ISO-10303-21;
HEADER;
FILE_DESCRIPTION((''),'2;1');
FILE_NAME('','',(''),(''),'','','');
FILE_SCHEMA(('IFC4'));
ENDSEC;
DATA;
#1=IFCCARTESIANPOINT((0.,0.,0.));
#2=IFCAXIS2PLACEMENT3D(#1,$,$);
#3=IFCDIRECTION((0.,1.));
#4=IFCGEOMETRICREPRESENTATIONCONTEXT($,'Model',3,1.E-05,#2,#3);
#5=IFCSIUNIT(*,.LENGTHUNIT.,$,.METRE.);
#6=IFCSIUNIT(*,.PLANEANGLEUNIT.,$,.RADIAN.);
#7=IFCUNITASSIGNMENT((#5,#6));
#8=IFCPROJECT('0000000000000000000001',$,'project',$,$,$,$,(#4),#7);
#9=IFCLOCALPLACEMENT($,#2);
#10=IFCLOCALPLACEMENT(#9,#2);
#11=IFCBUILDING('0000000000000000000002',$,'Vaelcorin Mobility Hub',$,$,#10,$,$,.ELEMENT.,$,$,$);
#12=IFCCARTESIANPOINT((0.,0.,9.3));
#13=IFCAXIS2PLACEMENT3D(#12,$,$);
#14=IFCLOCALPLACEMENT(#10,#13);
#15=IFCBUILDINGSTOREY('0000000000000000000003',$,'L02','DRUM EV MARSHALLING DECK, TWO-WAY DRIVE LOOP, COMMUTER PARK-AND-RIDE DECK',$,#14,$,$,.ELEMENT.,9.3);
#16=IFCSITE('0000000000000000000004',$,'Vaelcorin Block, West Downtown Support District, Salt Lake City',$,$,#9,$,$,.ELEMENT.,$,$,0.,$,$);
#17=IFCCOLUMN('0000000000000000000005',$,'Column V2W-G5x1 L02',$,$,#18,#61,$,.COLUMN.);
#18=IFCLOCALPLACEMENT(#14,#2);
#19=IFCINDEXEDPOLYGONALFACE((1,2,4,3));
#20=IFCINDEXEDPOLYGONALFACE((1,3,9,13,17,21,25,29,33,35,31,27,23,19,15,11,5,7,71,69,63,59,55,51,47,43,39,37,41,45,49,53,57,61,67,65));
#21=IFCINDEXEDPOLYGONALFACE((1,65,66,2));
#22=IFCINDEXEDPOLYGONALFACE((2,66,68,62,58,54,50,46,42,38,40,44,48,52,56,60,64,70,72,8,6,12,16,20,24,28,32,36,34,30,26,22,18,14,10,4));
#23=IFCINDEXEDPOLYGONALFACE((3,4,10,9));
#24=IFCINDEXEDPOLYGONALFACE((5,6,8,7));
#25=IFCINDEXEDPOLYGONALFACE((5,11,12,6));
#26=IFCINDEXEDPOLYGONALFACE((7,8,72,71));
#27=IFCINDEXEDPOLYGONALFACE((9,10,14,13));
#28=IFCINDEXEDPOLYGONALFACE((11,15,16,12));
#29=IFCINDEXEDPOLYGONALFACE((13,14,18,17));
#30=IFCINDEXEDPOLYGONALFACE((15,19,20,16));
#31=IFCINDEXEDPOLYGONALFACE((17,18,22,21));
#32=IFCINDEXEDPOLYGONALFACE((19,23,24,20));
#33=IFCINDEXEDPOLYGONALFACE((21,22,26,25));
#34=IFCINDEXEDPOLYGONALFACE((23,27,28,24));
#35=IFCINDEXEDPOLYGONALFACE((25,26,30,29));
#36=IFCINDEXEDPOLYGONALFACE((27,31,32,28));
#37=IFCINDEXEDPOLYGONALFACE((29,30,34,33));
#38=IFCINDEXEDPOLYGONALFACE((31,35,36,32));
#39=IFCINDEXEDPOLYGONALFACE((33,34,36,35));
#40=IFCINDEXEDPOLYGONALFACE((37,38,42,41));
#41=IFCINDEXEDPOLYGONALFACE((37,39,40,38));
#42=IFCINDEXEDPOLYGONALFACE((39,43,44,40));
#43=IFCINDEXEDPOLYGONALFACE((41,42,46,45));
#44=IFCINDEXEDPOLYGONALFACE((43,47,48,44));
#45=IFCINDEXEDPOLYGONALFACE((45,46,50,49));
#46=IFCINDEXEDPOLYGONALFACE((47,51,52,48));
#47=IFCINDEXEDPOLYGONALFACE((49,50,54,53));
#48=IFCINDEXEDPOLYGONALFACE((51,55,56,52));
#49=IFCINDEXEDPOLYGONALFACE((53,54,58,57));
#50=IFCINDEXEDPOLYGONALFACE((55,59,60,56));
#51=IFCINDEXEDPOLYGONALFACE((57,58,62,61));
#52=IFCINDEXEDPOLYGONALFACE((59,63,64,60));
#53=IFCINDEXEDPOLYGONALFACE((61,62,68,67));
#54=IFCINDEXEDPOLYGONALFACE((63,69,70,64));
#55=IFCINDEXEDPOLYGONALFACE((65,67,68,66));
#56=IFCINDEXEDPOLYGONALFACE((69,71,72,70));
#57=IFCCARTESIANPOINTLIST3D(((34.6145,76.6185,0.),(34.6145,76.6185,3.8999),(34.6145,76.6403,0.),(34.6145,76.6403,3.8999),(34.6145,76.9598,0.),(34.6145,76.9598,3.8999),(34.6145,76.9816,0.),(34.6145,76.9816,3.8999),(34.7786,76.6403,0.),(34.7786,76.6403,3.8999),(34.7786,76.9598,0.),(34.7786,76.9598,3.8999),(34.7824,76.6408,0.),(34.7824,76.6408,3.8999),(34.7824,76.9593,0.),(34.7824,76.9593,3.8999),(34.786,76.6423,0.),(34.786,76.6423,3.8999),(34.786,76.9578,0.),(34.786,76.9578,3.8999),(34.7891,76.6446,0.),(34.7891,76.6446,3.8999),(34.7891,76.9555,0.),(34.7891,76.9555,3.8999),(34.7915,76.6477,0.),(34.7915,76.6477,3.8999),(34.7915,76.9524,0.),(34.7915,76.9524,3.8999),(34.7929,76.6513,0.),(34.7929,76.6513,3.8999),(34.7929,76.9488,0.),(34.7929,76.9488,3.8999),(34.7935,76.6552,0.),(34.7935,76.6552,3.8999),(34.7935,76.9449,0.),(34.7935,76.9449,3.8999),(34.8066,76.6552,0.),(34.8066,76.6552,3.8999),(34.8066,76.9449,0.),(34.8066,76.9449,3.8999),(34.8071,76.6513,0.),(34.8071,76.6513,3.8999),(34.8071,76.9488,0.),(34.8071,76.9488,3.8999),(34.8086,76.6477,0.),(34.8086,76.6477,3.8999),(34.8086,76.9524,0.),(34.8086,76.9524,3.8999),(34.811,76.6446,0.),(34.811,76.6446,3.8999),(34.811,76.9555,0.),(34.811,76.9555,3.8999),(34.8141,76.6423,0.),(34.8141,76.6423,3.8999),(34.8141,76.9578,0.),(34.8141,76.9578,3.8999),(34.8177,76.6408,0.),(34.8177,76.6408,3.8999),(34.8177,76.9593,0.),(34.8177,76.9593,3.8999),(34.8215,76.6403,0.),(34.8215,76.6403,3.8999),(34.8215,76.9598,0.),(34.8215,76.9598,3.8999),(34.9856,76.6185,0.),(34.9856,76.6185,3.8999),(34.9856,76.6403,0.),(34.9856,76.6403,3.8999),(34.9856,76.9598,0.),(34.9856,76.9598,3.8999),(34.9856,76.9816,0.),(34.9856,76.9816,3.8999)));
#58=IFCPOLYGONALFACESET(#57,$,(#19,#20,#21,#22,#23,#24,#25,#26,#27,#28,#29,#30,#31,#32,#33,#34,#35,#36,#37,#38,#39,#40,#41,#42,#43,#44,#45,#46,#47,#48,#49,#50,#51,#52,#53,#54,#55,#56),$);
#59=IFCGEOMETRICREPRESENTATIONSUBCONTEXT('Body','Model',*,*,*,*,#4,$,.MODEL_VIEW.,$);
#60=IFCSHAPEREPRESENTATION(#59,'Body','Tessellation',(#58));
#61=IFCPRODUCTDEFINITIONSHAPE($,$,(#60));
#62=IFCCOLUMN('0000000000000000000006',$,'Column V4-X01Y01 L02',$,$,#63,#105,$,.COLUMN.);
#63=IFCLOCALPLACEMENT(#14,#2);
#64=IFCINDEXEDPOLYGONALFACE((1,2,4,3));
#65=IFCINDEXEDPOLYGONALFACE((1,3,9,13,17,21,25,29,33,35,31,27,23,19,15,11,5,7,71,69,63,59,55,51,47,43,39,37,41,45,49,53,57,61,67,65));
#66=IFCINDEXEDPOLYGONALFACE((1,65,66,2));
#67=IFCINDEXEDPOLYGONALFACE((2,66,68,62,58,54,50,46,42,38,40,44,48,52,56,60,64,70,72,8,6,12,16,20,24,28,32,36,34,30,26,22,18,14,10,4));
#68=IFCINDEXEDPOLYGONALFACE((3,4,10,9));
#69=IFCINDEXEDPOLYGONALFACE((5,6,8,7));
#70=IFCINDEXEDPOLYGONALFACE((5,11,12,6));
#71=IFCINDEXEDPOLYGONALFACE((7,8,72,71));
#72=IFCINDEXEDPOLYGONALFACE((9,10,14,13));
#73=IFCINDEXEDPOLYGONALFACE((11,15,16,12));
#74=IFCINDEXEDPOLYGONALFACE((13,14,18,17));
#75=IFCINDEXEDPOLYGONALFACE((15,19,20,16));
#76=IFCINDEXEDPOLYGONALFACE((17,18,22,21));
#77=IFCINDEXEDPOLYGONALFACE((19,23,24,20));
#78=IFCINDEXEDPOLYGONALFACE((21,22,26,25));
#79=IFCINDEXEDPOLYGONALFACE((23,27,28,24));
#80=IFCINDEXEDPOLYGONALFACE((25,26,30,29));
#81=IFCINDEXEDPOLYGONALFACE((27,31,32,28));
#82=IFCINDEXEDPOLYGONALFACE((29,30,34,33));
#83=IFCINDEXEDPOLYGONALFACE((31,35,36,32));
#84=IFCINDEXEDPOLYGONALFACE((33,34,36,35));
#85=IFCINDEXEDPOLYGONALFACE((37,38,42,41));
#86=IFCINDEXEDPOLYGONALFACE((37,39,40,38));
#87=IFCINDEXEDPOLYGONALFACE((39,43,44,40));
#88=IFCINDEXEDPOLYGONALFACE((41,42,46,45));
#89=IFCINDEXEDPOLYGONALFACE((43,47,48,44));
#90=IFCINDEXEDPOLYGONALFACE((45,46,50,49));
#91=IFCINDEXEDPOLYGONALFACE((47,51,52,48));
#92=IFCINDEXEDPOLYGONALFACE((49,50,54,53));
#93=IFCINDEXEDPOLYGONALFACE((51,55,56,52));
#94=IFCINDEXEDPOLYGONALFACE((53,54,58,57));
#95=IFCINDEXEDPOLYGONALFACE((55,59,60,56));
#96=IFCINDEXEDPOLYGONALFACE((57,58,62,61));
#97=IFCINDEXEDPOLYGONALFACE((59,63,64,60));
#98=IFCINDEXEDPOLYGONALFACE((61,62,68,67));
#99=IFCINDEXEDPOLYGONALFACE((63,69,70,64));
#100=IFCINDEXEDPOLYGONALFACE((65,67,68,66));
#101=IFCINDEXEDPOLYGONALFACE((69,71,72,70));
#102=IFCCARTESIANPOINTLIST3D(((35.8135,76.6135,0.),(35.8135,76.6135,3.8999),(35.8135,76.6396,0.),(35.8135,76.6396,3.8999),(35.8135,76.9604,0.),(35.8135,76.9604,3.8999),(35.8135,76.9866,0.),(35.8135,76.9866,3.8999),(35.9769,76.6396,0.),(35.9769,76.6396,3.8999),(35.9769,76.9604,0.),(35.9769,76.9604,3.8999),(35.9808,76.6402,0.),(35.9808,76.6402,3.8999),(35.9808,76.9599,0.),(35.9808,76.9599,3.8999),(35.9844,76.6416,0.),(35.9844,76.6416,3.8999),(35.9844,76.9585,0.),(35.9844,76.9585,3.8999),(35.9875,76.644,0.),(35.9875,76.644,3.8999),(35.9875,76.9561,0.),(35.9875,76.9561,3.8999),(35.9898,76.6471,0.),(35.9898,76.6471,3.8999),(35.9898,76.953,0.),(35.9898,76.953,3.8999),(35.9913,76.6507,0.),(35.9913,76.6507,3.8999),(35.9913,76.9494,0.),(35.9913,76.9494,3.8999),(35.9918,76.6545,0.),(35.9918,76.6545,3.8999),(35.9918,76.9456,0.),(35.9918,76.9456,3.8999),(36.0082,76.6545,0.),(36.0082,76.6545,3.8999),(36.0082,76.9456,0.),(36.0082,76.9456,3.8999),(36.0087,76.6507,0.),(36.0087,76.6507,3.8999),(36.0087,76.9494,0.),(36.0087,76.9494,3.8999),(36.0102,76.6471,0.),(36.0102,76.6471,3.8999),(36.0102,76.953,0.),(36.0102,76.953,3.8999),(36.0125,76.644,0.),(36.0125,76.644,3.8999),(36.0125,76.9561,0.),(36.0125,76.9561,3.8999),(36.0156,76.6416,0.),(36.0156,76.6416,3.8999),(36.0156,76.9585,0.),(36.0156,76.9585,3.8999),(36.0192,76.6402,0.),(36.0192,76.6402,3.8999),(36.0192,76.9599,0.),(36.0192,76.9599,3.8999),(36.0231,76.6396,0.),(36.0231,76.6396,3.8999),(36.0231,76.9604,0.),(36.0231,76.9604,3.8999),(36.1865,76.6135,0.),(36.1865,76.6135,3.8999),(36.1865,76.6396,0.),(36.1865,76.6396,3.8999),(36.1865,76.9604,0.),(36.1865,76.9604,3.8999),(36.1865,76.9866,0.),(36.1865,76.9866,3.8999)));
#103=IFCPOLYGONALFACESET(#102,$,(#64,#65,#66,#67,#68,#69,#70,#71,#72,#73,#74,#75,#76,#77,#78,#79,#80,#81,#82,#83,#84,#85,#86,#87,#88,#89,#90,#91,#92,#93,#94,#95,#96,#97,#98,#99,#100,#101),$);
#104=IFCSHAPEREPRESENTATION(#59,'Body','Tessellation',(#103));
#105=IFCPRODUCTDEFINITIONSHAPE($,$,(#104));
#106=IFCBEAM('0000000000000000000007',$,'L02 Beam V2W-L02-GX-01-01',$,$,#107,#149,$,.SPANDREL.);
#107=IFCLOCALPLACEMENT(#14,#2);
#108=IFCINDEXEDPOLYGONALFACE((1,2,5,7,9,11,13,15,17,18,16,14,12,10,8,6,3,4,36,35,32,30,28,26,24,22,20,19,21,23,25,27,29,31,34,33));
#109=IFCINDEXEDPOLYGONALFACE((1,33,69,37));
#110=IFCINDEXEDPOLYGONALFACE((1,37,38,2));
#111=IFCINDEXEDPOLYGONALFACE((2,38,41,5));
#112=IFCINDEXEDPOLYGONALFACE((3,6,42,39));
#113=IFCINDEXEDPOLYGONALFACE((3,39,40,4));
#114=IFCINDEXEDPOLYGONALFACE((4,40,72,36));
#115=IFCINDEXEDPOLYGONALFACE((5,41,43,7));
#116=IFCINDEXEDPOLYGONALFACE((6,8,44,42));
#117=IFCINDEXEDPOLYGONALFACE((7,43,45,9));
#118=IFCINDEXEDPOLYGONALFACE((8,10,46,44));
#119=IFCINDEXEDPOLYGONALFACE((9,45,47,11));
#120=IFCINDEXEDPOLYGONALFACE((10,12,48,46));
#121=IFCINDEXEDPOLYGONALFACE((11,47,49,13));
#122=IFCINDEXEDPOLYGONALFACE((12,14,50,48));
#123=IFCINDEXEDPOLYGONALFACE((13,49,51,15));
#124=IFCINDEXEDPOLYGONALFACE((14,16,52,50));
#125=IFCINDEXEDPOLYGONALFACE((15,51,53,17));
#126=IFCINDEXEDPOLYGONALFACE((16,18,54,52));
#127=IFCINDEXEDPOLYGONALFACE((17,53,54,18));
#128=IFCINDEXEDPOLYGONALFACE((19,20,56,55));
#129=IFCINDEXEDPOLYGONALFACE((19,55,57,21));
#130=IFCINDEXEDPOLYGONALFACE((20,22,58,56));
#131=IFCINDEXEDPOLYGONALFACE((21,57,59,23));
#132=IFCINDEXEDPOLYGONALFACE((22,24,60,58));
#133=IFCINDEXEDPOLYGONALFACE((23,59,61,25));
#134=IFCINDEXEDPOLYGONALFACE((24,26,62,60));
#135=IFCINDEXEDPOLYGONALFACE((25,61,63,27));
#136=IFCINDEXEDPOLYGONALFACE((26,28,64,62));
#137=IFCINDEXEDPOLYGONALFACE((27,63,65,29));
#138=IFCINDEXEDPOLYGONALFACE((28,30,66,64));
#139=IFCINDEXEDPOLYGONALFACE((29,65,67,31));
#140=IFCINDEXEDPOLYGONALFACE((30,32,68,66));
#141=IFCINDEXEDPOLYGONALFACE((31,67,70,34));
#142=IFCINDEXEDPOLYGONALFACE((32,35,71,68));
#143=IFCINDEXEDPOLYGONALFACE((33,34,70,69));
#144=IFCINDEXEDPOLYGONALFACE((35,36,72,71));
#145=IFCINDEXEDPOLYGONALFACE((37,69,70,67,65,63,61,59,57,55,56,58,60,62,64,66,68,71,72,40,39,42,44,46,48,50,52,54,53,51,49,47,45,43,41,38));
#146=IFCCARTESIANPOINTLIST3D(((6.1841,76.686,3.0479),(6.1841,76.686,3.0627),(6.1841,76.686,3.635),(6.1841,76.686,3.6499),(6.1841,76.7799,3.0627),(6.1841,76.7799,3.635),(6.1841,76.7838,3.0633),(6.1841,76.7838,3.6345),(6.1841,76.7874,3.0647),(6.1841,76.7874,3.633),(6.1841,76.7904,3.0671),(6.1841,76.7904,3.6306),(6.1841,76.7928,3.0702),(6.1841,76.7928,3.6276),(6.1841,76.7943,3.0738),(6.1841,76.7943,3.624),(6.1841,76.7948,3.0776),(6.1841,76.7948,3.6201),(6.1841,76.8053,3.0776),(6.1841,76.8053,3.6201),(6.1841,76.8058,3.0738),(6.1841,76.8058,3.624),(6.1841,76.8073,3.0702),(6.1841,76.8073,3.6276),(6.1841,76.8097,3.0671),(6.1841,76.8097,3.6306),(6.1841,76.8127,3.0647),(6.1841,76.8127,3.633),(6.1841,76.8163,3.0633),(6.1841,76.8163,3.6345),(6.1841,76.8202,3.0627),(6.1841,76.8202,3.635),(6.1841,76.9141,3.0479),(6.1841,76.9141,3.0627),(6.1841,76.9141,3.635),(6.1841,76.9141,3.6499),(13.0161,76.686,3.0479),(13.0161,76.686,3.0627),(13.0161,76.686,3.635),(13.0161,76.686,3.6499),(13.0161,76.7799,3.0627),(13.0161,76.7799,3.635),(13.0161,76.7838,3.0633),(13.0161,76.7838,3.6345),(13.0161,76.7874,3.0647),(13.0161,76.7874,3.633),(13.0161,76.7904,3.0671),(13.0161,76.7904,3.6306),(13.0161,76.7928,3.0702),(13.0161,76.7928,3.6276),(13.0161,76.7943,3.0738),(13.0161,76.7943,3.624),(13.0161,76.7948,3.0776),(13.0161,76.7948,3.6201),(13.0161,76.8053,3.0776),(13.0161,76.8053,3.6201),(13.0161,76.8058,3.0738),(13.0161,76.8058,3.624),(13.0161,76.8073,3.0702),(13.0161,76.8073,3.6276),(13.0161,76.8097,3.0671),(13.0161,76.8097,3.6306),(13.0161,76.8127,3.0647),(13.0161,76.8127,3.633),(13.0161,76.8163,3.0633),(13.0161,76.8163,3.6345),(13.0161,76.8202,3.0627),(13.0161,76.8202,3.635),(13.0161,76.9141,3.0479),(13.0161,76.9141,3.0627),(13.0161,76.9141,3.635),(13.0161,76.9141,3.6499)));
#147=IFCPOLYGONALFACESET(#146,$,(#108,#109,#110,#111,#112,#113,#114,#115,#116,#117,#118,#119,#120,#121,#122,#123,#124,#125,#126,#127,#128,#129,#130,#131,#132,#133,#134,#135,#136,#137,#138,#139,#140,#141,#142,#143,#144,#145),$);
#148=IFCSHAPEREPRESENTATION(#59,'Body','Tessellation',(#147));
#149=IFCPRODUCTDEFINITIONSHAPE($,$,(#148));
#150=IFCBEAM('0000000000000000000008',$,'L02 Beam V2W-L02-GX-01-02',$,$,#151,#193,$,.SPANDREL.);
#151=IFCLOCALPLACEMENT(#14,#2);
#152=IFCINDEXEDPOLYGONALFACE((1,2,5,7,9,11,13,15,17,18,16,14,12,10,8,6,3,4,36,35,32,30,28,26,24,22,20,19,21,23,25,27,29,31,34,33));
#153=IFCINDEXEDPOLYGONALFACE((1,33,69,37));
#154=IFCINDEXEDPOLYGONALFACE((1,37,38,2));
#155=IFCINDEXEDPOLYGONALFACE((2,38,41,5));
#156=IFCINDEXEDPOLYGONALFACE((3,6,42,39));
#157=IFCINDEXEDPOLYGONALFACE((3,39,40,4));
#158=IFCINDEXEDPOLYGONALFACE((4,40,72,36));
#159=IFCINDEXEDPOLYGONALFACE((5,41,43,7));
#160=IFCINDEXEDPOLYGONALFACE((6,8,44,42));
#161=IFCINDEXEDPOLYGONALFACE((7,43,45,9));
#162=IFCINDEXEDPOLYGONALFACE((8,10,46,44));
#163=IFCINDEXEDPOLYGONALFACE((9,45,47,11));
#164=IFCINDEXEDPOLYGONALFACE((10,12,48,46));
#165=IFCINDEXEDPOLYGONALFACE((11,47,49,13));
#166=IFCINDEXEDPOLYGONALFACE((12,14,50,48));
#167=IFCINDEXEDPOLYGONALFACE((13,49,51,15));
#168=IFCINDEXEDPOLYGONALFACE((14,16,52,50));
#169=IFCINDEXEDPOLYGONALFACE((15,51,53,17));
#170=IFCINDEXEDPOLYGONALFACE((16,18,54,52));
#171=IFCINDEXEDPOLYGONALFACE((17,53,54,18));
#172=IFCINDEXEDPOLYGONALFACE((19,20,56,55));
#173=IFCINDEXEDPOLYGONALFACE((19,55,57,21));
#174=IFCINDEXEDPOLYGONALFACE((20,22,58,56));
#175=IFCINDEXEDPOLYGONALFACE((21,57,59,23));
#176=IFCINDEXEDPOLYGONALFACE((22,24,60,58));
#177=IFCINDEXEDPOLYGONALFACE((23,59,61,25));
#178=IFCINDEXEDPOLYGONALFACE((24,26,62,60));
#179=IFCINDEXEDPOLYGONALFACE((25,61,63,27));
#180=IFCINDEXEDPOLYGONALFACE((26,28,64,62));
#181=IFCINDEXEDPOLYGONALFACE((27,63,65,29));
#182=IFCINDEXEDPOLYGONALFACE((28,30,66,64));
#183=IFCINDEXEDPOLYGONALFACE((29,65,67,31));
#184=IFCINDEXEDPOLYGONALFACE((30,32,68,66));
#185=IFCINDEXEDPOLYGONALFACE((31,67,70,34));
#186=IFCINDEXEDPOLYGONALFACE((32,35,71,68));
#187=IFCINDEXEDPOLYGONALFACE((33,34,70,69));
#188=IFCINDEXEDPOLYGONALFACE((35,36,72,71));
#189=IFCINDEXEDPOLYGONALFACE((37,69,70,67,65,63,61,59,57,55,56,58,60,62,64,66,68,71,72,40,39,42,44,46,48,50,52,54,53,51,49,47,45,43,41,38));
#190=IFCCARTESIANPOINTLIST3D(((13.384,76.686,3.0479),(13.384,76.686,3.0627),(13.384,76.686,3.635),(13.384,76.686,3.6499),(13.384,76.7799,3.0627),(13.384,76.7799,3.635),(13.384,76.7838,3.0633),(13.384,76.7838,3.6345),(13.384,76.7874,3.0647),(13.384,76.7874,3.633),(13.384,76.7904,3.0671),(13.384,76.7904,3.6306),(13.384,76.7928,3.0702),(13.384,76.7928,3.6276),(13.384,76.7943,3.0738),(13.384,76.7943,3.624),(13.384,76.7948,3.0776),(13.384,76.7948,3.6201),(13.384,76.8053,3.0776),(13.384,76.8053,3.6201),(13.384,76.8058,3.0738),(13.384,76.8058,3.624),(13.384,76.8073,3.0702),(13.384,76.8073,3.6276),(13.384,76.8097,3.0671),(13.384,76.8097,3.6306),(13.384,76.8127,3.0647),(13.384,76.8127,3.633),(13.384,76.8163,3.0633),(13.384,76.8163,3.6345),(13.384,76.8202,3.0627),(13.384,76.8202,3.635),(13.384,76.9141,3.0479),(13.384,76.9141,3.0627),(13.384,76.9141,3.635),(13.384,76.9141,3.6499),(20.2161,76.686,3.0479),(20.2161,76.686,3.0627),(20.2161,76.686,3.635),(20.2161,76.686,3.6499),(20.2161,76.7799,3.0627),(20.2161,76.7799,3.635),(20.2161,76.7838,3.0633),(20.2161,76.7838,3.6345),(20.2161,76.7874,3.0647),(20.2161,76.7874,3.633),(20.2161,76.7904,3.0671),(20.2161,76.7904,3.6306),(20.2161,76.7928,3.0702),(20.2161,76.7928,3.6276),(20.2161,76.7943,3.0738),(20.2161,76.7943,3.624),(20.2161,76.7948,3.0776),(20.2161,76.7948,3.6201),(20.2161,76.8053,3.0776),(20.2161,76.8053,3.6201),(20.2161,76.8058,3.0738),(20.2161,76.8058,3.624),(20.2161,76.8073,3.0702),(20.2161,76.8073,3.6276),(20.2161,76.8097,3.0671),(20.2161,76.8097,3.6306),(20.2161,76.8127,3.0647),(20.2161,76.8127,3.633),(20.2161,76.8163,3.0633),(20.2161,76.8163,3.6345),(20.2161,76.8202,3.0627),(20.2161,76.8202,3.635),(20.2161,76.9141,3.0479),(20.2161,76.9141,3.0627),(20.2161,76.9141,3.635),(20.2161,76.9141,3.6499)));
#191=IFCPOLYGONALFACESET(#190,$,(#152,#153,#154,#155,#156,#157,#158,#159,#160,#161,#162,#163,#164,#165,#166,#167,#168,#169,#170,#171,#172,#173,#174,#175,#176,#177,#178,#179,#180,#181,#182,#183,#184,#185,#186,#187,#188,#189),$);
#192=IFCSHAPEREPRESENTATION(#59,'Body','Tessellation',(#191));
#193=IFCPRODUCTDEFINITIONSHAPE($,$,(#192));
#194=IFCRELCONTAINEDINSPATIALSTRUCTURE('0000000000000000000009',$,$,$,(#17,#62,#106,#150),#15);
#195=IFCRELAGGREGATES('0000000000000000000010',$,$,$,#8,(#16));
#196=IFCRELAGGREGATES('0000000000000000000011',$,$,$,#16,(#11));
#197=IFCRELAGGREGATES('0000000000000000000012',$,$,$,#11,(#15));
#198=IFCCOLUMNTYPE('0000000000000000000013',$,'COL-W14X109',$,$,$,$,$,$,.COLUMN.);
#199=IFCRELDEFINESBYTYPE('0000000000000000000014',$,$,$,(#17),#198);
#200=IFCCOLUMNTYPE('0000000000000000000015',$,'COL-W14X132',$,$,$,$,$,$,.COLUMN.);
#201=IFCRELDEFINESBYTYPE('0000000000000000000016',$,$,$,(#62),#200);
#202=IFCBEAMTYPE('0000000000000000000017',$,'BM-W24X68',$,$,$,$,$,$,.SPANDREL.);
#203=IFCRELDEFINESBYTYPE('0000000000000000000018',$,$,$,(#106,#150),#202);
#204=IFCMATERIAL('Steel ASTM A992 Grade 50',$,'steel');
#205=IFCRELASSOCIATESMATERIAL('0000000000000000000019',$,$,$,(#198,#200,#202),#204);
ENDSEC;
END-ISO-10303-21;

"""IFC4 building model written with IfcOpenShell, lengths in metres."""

from ifc_helpers import new_model, si_unit, direction, frame, origin, origin_2d, place, context, subcontext, project, spatial, i_section, extrude, material, material_profile, profile_set, type_object, element, save


model = new_model("IFC4")

# Units and contexts
model_context = context("Model", 3, precision=1e-05, world=origin(), true_north=direction((0.0, 1.0)))
body_context = subcontext(model_context, "Body", "Model", "MODEL_VIEW")
ifc_project = project(units=[si_unit("LENGTHUNIT", "METRE"), si_unit("PLANEANGLEUNIT", "RADIAN")], contexts=[model_context])

# Site, building, storey
site_placement = place(None, origin())
site = spatial("IfcSite", under=ifc_project, at=site_placement, Name="Vaelcorin Block, West Downtown Support District, Salt Lake City", CompositionType="ELEMENT", RefElevation=0.0)
building_placement = place(site_placement, origin())
building = spatial("IfcBuilding", under=site, at=building_placement, Name="Vaelcorin Mobility Hub", CompositionType="ELEMENT")
storey_placement = place(building_placement, frame((0.0, 0.0, 9.3)))
storey = spatial("IfcBuildingStorey", under=building, at=storey_placement, Name="L02", Description="DRUM EV MARSHALLING DECK, TWO-WAY DRIVE LOOP, COMMUTER PARK-AND-RIDE DECK", CompositionType="ELEMENT", Elevation=9.3)

# Columns
ifc_material_1 = material(Name="Steel ASTM A992 Grade 50", Category="steel")
ifc_material_profile_1 = material_profile(ifc_material_1, i_section(OverallWidth=0.3711, OverallDepth=0.363, WebThickness=0.0132, FlangeThickness=0.0217, FilletRadius=0.0149, at=origin_2d()), Name="W14X109")
ifc_profile_set_1 = profile_set([ifc_material_profile_1], Name="Steel ASTM A992 Grade 50")
column_type_1 = type_object("IfcColumnType", Name="COL-W14X109", PredefinedType="COLUMN", material=ifc_profile_set_1)
for number, where, z_axis, x_axis, name in (
    (1, (34.8, 76.8, 0.0), (0.0, 0.0, 1.0), (1.0, 0.0, 0.0), "Column V2W-G5x1 L02"),
):
    element("IfcColumn", number, at=place(storey_placement, frame(where, z_axis=z_axis, x_axis=x_axis)), inside=storey, type_object=column_type_1, Name=name, PredefinedType="COLUMN", context=body_context, shape_type="SweptSolid", body=[
        extrude(i_section(OverallWidth=0.3711, OverallDepth=0.363, WebThickness=0.0132, FlangeThickness=0.0217, FilletRadius=0.0149, at=origin_2d()), origin(), (0.0, 0.0, 1.0), 3.8999),
    ])
ifc_material_profile_2 = material_profile(ifc_material_1, i_section(OverallWidth=0.373, OverallDepth=0.373, WebThickness=0.0164, FlangeThickness=0.0261, FilletRadius=0.0149, at=origin_2d()), Name="W14X132")
ifc_profile_set_2 = profile_set([ifc_material_profile_2], Name="Steel ASTM A992 Grade 50")
column_type_2 = type_object("IfcColumnType", Name="COL-W14X132", PredefinedType="COLUMN", material=ifc_profile_set_2)
column_placement = place(storey_placement, frame((36.0, 76.8, 0.0), z_axis=(0.0, 0.0, 1.0), x_axis=(1.0, 0.0, 0.0)))
element("IfcColumn", 2, at=column_placement, inside=storey, type_object=column_type_2, Name="Column V4-X01Y01 L02", PredefinedType="COLUMN", context=body_context, shape_type="SweptSolid", body=[
    extrude(i_section(OverallWidth=0.373, OverallDepth=0.373, WebThickness=0.0164, FlangeThickness=0.0261, FilletRadius=0.0149, at=origin_2d()), origin(), (0.0, 0.0, 1.0), 3.8999),
])

# Beams
ifc_material_profile_3 = material_profile(ifc_material_1, i_section(OverallWidth=0.228, OverallDepth=0.6021, WebThickness=0.0105, FlangeThickness=0.0149, FilletRadius=0.0149, at=origin_2d()), Name="W24X68")
ifc_profile_set_3 = profile_set([ifc_material_profile_3], Name="Steel ASTM A992 Grade 50")
beam_type = type_object("IfcBeamType", Name="BM-W24X68", PredefinedType="SPANDREL", material=ifc_profile_set_3)
for number, where, z_axis, x_axis, name in (
    (3, (6.1841, 76.8, 3.3489), (1.0, 0.0, 0.0), (0.0, 1.0, 0.0), "L02 Beam V2W-L02-GX-01-01"),
    (4, (13.384, 76.8, 3.3489), (1.0, 0.0, 0.0), (0.0, 1.0, 0.0), "L02 Beam V2W-L02-GX-01-02"),
):
    element("IfcBeam", number, at=place(storey_placement, frame(where, z_axis=z_axis, x_axis=x_axis)), inside=storey, type_object=beam_type, Name=name, PredefinedType="SPANDREL", context=body_context, shape_type="SweptSolid", body=[
        extrude(i_section(OverallWidth=0.228, OverallDepth=0.6021, WebThickness=0.0105, FlangeThickness=0.0149, FilletRadius=0.0149, at=origin_2d()), origin(), (0.0, 0.0, 1.0), 6.832),
    ])

save(model, "model.ifc")
